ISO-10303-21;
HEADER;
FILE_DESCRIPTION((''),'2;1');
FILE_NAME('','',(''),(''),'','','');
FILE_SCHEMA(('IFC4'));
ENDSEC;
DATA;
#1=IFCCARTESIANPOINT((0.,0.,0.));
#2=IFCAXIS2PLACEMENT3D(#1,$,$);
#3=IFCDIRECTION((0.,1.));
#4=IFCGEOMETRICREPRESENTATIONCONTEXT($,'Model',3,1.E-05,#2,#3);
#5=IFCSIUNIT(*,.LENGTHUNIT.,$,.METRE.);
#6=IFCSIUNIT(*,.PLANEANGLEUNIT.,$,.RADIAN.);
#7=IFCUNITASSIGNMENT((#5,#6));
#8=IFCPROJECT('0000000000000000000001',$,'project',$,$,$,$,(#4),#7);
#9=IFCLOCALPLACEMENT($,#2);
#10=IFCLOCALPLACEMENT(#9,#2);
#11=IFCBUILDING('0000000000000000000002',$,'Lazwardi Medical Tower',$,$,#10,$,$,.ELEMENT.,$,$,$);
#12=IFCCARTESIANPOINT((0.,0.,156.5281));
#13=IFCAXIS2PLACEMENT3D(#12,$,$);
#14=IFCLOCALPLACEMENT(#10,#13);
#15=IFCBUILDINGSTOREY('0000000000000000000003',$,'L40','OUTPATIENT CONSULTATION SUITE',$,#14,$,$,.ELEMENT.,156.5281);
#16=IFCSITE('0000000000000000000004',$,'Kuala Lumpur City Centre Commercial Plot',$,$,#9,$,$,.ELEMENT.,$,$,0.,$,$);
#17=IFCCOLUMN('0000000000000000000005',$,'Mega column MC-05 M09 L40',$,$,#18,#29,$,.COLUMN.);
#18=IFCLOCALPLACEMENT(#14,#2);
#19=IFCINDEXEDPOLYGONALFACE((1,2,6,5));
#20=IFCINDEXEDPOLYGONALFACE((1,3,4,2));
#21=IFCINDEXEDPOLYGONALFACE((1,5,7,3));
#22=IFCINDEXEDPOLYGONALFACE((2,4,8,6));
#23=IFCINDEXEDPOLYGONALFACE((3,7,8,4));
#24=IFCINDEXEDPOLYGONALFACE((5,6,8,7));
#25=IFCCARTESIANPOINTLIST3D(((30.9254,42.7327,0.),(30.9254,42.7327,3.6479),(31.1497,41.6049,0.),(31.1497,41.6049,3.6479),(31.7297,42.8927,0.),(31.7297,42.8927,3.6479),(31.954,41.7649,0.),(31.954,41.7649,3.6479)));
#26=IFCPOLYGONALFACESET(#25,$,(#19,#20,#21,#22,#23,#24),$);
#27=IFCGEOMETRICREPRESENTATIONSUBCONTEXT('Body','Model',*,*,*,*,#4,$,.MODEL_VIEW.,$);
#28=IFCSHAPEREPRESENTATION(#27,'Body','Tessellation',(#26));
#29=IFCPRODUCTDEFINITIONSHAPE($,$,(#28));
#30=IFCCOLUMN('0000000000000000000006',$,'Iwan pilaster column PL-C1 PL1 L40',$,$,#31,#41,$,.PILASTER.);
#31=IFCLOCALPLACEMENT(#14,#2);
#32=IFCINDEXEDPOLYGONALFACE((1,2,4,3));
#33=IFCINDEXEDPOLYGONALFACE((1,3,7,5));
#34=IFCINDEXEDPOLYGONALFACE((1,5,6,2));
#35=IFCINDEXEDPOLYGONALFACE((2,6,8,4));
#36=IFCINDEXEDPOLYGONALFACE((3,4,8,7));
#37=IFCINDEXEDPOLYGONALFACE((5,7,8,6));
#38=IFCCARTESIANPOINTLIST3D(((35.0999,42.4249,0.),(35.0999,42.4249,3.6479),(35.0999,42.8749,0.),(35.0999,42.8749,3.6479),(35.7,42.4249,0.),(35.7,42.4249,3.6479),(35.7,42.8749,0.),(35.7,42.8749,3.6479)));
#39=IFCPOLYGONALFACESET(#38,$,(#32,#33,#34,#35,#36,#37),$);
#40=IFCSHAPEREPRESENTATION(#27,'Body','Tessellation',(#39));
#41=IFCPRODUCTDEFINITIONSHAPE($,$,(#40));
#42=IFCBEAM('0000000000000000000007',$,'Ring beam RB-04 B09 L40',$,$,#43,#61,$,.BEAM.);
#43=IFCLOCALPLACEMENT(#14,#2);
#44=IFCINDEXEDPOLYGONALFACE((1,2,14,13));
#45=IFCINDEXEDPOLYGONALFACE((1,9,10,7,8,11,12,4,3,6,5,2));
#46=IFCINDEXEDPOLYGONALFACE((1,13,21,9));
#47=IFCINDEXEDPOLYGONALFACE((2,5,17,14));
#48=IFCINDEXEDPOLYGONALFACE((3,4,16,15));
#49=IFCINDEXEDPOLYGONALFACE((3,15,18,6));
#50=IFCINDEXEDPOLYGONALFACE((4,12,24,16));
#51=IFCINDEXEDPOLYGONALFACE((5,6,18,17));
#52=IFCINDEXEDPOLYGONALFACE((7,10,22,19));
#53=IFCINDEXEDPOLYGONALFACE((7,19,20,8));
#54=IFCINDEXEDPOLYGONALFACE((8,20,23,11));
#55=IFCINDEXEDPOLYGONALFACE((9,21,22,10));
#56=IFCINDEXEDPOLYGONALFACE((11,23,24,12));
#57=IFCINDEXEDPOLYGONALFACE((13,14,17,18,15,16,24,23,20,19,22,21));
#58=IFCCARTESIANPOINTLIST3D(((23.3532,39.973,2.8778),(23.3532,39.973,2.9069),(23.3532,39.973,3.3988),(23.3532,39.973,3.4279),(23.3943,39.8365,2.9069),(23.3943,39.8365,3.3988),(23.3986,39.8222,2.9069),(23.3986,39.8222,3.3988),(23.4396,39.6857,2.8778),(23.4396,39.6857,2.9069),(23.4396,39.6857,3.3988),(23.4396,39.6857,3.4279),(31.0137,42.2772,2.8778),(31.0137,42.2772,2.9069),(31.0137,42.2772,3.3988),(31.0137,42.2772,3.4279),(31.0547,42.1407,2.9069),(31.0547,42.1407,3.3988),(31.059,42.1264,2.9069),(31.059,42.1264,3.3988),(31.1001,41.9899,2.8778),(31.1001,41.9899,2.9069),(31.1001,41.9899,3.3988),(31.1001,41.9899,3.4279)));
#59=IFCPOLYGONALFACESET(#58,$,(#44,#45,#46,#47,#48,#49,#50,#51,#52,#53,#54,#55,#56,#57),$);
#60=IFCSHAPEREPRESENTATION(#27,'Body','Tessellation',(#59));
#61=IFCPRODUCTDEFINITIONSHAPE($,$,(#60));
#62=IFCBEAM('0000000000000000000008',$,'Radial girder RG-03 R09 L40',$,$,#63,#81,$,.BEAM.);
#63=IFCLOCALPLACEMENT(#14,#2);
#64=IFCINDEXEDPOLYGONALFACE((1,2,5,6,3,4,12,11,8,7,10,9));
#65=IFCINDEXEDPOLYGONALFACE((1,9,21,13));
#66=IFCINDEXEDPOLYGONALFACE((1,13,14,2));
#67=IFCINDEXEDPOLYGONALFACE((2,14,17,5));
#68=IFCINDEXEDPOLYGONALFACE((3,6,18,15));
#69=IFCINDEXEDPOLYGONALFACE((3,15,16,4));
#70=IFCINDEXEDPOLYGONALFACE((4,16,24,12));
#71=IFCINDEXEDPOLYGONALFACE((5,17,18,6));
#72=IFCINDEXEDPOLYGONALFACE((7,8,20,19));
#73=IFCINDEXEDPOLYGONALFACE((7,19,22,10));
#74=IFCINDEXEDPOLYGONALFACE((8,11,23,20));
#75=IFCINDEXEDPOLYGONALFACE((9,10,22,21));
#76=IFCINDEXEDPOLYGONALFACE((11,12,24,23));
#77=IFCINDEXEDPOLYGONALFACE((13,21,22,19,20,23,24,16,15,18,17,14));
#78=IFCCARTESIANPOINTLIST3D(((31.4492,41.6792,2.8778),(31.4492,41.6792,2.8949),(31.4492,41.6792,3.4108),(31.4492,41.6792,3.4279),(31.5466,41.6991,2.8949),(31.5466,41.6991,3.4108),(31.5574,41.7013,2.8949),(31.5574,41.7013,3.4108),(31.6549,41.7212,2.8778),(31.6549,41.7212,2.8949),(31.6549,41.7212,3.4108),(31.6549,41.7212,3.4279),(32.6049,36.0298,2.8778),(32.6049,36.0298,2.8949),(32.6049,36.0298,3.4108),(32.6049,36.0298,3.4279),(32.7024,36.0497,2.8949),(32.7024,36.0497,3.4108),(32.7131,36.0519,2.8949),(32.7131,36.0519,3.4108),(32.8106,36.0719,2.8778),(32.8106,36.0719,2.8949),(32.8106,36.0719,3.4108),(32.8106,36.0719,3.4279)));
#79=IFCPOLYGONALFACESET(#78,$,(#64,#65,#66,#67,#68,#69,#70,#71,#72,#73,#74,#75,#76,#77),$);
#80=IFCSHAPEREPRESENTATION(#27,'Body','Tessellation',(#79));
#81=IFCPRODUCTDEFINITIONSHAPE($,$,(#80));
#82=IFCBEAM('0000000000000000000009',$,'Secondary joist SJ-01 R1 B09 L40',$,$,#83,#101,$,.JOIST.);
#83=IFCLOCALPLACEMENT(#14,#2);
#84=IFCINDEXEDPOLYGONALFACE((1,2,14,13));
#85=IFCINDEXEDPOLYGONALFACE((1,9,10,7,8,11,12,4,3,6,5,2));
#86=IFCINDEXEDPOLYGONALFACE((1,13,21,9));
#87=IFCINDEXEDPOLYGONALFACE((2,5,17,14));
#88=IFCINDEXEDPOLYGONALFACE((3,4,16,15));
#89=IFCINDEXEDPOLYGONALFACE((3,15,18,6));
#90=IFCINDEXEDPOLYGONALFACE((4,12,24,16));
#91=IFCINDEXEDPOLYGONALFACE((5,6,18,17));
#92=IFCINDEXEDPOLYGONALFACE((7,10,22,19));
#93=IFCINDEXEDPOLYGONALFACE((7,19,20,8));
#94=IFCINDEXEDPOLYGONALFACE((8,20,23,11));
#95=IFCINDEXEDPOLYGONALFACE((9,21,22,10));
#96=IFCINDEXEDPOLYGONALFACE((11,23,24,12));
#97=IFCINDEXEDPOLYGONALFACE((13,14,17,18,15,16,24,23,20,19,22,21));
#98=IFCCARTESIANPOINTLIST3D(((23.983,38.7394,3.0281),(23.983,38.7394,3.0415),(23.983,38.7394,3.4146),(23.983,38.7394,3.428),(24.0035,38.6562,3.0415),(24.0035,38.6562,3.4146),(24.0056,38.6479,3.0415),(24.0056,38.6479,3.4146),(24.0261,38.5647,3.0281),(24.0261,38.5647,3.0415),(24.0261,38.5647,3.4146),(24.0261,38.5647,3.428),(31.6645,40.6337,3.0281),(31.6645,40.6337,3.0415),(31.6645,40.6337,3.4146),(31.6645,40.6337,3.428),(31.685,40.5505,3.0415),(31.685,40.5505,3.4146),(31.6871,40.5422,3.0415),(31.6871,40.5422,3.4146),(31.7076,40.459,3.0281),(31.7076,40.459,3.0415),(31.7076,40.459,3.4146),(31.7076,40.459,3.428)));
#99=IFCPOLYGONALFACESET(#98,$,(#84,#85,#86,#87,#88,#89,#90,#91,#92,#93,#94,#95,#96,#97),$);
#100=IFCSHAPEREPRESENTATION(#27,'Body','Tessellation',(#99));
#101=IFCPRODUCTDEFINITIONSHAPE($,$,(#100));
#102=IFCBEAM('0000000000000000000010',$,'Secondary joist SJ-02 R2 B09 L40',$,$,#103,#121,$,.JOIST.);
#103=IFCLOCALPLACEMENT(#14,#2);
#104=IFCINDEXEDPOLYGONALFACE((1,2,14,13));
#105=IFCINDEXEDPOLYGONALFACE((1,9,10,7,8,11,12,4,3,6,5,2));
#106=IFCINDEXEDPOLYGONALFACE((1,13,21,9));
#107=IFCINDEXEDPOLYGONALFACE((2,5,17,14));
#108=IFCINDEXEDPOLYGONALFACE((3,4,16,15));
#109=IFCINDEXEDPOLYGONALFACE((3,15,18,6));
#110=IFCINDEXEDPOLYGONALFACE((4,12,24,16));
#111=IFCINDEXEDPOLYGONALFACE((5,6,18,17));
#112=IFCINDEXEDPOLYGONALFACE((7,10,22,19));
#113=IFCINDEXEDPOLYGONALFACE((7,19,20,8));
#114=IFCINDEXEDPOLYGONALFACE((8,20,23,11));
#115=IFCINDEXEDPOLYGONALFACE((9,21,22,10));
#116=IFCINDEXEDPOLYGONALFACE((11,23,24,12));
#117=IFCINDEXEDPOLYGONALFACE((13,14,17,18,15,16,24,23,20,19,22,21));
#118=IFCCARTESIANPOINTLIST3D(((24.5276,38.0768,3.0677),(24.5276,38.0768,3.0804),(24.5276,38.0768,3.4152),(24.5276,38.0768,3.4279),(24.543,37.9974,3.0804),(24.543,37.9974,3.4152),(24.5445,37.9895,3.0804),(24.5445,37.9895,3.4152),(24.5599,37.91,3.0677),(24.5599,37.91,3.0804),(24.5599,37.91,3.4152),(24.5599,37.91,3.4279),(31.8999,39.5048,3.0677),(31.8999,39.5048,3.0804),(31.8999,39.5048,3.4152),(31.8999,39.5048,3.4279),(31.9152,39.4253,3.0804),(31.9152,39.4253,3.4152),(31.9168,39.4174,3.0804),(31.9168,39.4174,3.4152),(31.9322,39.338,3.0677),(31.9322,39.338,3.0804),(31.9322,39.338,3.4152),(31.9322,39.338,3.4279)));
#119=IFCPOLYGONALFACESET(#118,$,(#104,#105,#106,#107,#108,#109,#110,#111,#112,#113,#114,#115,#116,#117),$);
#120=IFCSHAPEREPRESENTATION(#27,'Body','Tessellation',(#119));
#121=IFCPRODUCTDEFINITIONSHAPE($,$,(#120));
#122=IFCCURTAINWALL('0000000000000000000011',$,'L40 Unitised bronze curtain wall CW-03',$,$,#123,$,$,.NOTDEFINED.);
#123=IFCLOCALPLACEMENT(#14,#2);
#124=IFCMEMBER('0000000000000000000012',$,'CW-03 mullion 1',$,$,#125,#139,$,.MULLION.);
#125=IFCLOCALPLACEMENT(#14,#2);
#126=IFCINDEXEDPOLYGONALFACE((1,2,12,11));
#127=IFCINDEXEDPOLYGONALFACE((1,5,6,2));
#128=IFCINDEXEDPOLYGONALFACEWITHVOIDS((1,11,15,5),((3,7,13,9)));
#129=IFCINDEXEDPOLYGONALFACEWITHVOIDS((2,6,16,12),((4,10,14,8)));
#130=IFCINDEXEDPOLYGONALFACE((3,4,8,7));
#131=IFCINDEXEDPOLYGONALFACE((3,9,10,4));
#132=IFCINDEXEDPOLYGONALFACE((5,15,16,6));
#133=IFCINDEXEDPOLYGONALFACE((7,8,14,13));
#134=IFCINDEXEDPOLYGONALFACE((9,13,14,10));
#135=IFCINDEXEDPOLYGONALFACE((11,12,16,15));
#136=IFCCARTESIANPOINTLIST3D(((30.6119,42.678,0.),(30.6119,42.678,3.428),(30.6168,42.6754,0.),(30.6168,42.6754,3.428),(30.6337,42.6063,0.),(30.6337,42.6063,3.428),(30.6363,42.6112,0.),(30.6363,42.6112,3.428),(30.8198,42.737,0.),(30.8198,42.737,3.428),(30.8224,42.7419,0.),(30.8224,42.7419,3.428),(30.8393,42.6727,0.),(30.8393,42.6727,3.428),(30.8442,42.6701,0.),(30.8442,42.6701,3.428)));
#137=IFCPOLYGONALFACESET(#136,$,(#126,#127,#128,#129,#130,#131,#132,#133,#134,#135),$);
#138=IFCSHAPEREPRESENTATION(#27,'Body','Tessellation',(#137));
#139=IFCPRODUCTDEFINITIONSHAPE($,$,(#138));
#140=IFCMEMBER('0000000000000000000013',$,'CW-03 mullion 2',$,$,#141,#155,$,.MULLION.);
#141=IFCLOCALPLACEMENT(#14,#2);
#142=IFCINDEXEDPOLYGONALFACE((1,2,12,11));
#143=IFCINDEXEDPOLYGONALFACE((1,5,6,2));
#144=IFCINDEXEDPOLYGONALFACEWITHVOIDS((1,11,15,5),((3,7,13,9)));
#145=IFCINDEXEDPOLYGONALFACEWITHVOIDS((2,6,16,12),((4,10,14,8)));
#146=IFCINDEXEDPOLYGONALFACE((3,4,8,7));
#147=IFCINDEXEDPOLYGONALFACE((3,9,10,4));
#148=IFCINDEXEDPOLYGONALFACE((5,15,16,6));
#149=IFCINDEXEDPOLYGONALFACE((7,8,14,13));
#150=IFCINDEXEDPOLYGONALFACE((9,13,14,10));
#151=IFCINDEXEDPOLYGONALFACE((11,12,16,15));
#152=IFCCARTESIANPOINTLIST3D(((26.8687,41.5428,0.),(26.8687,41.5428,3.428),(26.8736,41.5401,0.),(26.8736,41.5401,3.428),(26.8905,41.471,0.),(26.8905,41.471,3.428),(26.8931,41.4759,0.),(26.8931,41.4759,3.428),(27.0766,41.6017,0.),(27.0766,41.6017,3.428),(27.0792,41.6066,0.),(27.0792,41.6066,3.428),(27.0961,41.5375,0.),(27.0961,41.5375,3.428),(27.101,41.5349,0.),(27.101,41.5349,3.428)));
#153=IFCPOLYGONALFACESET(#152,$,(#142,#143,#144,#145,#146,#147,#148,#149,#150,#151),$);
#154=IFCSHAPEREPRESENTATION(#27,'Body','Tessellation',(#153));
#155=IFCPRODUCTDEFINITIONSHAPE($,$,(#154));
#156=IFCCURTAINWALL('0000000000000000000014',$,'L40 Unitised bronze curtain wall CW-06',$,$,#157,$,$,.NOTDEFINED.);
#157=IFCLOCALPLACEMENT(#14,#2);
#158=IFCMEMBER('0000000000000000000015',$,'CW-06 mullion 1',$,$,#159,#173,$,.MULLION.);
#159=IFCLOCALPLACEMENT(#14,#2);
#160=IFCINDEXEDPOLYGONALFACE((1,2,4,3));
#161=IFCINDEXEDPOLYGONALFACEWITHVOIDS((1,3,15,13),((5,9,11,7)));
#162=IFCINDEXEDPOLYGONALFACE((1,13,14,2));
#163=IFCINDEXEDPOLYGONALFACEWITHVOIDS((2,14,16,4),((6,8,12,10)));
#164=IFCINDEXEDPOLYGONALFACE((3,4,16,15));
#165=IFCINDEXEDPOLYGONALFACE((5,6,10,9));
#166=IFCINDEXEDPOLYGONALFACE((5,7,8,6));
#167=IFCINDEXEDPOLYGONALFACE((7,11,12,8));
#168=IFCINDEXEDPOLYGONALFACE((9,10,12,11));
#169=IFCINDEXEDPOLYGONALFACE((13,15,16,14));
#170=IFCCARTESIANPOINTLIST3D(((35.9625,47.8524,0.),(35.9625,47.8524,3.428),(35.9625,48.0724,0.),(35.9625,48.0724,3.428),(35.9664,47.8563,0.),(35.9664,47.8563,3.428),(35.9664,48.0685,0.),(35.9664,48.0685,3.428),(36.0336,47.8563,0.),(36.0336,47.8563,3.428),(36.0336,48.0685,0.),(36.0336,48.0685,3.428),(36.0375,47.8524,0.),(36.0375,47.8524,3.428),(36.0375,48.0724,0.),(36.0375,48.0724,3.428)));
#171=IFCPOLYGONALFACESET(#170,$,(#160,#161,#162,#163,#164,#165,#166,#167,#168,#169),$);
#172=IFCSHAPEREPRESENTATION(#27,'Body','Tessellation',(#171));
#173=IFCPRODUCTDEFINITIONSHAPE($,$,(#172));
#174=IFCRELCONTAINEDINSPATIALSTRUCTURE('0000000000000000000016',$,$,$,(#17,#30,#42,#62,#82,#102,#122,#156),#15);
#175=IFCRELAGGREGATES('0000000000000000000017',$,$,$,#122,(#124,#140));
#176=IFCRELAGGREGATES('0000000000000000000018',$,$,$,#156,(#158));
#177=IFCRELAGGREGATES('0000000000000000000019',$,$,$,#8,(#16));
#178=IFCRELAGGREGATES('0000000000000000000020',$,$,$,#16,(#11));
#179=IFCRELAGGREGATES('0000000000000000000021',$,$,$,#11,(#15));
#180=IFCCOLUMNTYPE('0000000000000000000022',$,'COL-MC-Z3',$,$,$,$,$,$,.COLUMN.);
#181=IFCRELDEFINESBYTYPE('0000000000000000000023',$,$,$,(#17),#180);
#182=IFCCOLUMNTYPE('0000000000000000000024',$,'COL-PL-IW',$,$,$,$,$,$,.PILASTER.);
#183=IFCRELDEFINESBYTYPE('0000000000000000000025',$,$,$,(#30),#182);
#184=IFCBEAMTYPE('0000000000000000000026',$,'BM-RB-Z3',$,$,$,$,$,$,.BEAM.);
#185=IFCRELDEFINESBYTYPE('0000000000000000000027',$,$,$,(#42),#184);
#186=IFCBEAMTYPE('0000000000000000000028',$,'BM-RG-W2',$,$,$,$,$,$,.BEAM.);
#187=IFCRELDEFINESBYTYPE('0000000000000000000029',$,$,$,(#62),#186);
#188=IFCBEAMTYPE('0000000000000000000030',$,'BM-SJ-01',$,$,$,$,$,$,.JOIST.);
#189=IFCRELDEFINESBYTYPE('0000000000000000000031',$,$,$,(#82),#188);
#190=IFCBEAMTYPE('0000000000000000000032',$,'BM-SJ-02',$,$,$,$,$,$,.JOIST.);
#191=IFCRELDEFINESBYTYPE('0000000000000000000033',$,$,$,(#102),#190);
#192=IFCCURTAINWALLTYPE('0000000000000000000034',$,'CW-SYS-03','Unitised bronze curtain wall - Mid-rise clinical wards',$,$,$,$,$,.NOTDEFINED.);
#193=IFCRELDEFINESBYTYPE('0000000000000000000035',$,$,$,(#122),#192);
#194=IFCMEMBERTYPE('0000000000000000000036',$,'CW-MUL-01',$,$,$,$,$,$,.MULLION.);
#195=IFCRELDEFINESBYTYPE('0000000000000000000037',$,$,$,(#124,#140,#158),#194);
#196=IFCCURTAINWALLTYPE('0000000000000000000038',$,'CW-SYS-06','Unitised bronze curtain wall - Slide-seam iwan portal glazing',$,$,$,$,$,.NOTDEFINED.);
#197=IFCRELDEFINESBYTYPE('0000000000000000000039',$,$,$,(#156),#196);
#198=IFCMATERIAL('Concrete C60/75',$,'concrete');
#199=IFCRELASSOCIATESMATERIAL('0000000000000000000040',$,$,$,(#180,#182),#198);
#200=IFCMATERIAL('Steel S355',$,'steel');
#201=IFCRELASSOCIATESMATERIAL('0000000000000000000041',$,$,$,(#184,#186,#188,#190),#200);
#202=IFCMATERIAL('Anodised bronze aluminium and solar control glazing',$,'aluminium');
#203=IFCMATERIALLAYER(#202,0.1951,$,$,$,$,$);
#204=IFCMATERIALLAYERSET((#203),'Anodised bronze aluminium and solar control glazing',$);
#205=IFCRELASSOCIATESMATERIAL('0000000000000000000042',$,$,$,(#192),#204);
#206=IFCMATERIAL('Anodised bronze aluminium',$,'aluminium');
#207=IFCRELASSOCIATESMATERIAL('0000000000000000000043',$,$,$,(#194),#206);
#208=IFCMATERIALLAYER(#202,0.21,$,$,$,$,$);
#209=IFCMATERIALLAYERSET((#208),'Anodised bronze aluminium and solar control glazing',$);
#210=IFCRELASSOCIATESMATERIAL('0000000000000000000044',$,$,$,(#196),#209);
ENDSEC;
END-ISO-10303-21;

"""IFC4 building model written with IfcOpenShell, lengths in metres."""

from ifc_helpers import new_model, si_unit, direction, frame, origin, origin_2d, place, context, subcontext, project, spatial, rectangle, hollow_rectangle, i_section, extrude, material, layer, layer_set, material_profile, profile_set, type_object, element, aggregate, save


model = new_model("IFC4")

# Units and contexts
model_context = context("Model", 3, precision=1e-05, world=origin(), true_north=direction((0.0, 1.0)))
body_context = subcontext(model_context, "Body", "Model", "MODEL_VIEW")
ifc_project = project(units=[si_unit("LENGTHUNIT", "METRE"), si_unit("PLANEANGLEUNIT", "RADIAN")], contexts=[model_context])

# Site, building, storey
site_placement = place(None, origin())
site = spatial("IfcSite", under=ifc_project, at=site_placement, Name="Kuala Lumpur City Centre Commercial Plot", CompositionType="ELEMENT", RefElevation=0.0)
building_placement = place(site_placement, origin())
building = spatial("IfcBuilding", under=site, at=building_placement, Name="Lazwardi Medical Tower", CompositionType="ELEMENT")
storey_placement = place(building_placement, frame((0.0, 0.0, 156.5281)))
storey = spatial("IfcBuildingStorey", under=building, at=storey_placement, Name="L40", Description="OUTPATIENT CONSULTATION SUITE", CompositionType="ELEMENT", Elevation=156.5281)

# Columns
ifc_material_1 = material(Name="Concrete C60/75", Category="concrete")
ifc_material_profile_1 = material_profile(ifc_material_1, rectangle(XDim=1.1499, YDim=0.8201, at=origin_2d()), Name="CFT-RECT 1150x820")
ifc_profile_set_1 = profile_set([ifc_material_profile_1], Name="Concrete C60/75")
column_type_1 = type_object("IfcColumnType", Name="COL-MC-Z3", PredefinedType="COLUMN", material=ifc_profile_set_1)
column_1_placement = place(storey_placement, frame((31.4397, 42.2488, 0.0), z_axis=(0.0, 0.0, 1.0), x_axis=(-0.19509, 0.980785, 0.0)))
element("IfcColumn", 1, at=column_1_placement, inside=storey, type_object=column_type_1, Name="Mega column MC-05 M09 L40", PredefinedType="COLUMN", context=body_context, shape_type="SweptSolid", body=[
    extrude(rectangle(XDim=1.1499, YDim=0.8201, at=origin_2d()), origin(), (0.0, 0.0, 1.0), 3.6479),
])
ifc_material_profile_2 = material_profile(ifc_material_1, rectangle(XDim=0.6001, YDim=0.45, at=origin_2d()), Name="RC 600x450")
ifc_profile_set_2 = profile_set([ifc_material_profile_2], Name="Concrete C60/75")
column_type_2 = type_object("IfcColumnType", Name="COL-PL-IW", PredefinedType="PILASTER", material=ifc_profile_set_2)
column_2_placement = place(storey_placement, frame((35.3999, 42.6499, 0.0), z_axis=(0.0, 0.0, 1.0), x_axis=(1.0, 0.0, 0.0)))
element("IfcColumn", 2, at=column_2_placement, inside=storey, type_object=column_type_2, Name="Iwan pilaster column PL-C1 PL1 L40", PredefinedType="PILASTER", context=body_context, shape_type="SweptSolid", body=[
    extrude(rectangle(XDim=0.6001, YDim=0.45, at=origin_2d()), origin(), (0.0, 0.0, 1.0), 3.6479),
])

# Beams
ifc_material_2 = material(Name="Steel S355", Category="steel")
ifc_material_profile_3 = material_profile(ifc_material_2, i_section(OverallWidth=0.3, OverallDepth=0.55, WebThickness=0.0149, FlangeThickness=0.0291, at=origin_2d()), Name="HEB 550")
ifc_profile_set_3 = profile_set([ifc_material_profile_3], Name="Steel S355")
beam_type_1 = type_object("IfcBeamType", Name="BM-RB-Z3", PredefinedType="BEAM", material=ifc_profile_set_3)
beam_1_placement = place(storey_placement, frame((31.0569, 42.1335, 3.1528), z_axis=(-0.957617, -0.288045, 0.0), x_axis=(0.288045, -0.957617, 0.0)))
element("IfcBeam", 3, at=beam_1_placement, inside=storey, type_object=beam_type_1, Name="Ring beam RB-04 B09 L40", PredefinedType="BEAM", context=body_context, shape_type="SweptSolid", body=[
    extrude(i_section(OverallWidth=0.3, OverallDepth=0.55, WebThickness=0.0149, FlangeThickness=0.0291, at=origin_2d()), origin(), (0.0, 0.0, 1.0), 7.9995),
])
ifc_material_profile_4 = material_profile(ifc_material_2, i_section(OverallWidth=0.21, OverallDepth=0.55, WebThickness=0.011, FlangeThickness=0.0171, at=origin_2d()), Name="IPE 550")
ifc_profile_set_4 = profile_set([ifc_material_profile_4], Name="Steel S355")
beam_type_2 = type_object("IfcBeamType", Name="BM-RG-W2", PredefinedType="BEAM", material=ifc_profile_set_4)
beam_2_placement = place(storey_placement, frame((31.552, 41.7002, 3.1528), z_axis=(0.200429, -0.979708, 0.0), x_axis=(0.979708, 0.200429, 0.0)))
element("IfcBeam", 4, at=beam_2_placement, inside=storey, type_object=beam_type_2, Name="Radial girder RG-03 R09 L40", PredefinedType="BEAM", context=body_context, shape_type="SweptSolid", body=[
    extrude(i_section(OverallWidth=0.21, OverallDepth=0.55, WebThickness=0.011, FlangeThickness=0.0171, at=origin_2d()), origin(), (0.0, 0.0, 1.0), 5.7664),
])
ifc_material_profile_5 = material_profile(ifc_material_2, i_section(OverallWidth=0.1799, OverallDepth=0.3999, WebThickness=0.0085, FlangeThickness=0.0134, at=origin_2d()), Name="IPE 400")
ifc_profile_set_5 = profile_set([ifc_material_profile_5], Name="Steel S355")
beam_type_3 = type_object("IfcBeamType", Name="BM-SJ-01", PredefinedType="JOIST", material=ifc_profile_set_5)
beam_3_placement = place(storey_placement, frame((31.686, 40.5464, 3.228), z_axis=(-0.970913, -0.239434, 0.0), x_axis=(0.239434, -0.970913, 0.0)))
element("IfcBeam", 5, at=beam_3_placement, inside=storey, type_object=beam_type_3, Name="Secondary joist SJ-01 R1 B09 L40", PredefinedType="JOIST", context=body_context, shape_type="SweptSolid", body=[
    extrude(i_section(OverallWidth=0.1799, OverallDepth=0.3999, WebThickness=0.0085, FlangeThickness=0.0134, at=origin_2d()), origin(), (0.0, 0.0, 1.0), 7.9116),
])
ifc_material_profile_6 = material_profile(ifc_material_2, i_section(OverallWidth=0.1699, OverallDepth=0.3601, WebThickness=0.0081, FlangeThickness=0.0127, at=origin_2d()), Name="IPE 360")
ifc_profile_set_6 = profile_set([ifc_material_profile_6], Name="Steel S355")
beam_type_4 = type_object("IfcBeamType", Name="BM-SJ-02", PredefinedType="JOIST", material=ifc_profile_set_6)
beam_4_placement = place(storey_placement, frame((31.916, 39.4214, 3.2478), z_axis=(-0.981753, -0.19016, 0.0), x_axis=(0.19016, -0.981753, 0.0)))
element("IfcBeam", 6, at=beam_4_placement, inside=storey, type_object=beam_type_4, Name="Secondary joist SJ-02 R2 B09 L40", PredefinedType="JOIST", context=body_context, shape_type="SweptSolid", body=[
    extrude(i_section(OverallWidth=0.1699, OverallDepth=0.3601, WebThickness=0.0081, FlangeThickness=0.0127, at=origin_2d()), origin(), (0.0, 0.0, 1.0), 7.5093),
])

# Curtain walls, members
ifc_material_3 = material(Name="Anodised bronze aluminium and solar control glazing", Category="aluminium")
ifc_layer_1 = layer(ifc_material_3, 0.1951)
ifc_layer_set_1 = layer_set([ifc_layer_1], Name="Anodised bronze aluminium and solar control glazing")
curtain_wall_type_1 = type_object("IfcCurtainWallType", Name="CW-SYS-03", Description="Unitised bronze curtain wall - Mid-rise clinical wards", PredefinedType="NOTDEFINED", material=ifc_layer_set_1)
curtain_wall_1_placement = place(storey_placement, origin())
curtain_wall_1 = element("IfcCurtainWall", 7, at=curtain_wall_1_placement, inside=storey, type_object=curtain_wall_type_1, Name="L40 Unitised bronze curtain wall CW-03", PredefinedType="NOTDEFINED")
ifc_material_4 = material(Name="Anodised bronze aluminium", Category="aluminium")
ifc_material_profile_7 = material_profile(ifc_material_4, hollow_rectangle(XDim=0.075, YDim=0.22, WallThickness=0.0039, at=origin_2d()), Name="ALU-MULLION 220x75x4")
ifc_profile_set_7 = profile_set([ifc_material_profile_7], Name="Anodised bronze aluminium")
member_type_1 = type_object("IfcMemberType", Name="CW-MUL-01", PredefinedType="MULLION", material=ifc_profile_set_7)
member_1_placement = place(storey_placement, frame((30.728, 42.6741, 0.0), z_axis=(0.0, 0.0, 1.0), x_axis=(0.290281, -0.956942, 0.0)))
member_1 = element("IfcMember", 8, at=member_1_placement, type_object=member_type_1, Name="CW-03 mullion 1", PredefinedType="MULLION", context=body_context, shape_type="SweptSolid", body=[
    extrude(hollow_rectangle(XDim=0.075, YDim=0.22, WallThickness=0.0039, at=origin_2d()), origin(), (0.0, 0.0, 1.0), 3.428),
])
member_2_placement = place(storey_placement, frame((26.9849, 41.5388, 0.0), z_axis=(0.0, 0.0, 1.0), x_axis=(0.290281, -0.956942, 0.0)))
member_2 = element("IfcMember", 9, at=member_2_placement, type_object=member_type_1, Name="CW-03 mullion 2", PredefinedType="MULLION", context=body_context, shape_type="SweptSolid", body=[
    extrude(hollow_rectangle(XDim=0.075, YDim=0.22, WallThickness=0.0039, at=origin_2d()), origin(), (0.0, 0.0, 1.0), 3.428),
])
ifc_layer_2 = layer(ifc_material_3, 0.21)
ifc_layer_set_2 = layer_set([ifc_layer_2], Name="Anodised bronze aluminium and solar control glazing")
curtain_wall_type_2 = type_object("IfcCurtainWallType", Name="CW-SYS-06", Description="Unitised bronze curtain wall - Slide-seam iwan portal glazing", PredefinedType="NOTDEFINED", material=ifc_layer_set_2)
curtain_wall_2_placement = place(storey_placement, origin())
curtain_wall_2 = element("IfcCurtainWall", 10, at=curtain_wall_2_placement, inside=storey, type_object=curtain_wall_type_2, Name="L40 Unitised bronze curtain wall CW-06", PredefinedType="NOTDEFINED")
member_3_placement = place(storey_placement, frame((36.0, 47.9624, 0.0), z_axis=(0.0, 0.0, 1.0), x_axis=(1.0, 0.0, 0.0)))
member_3 = element("IfcMember", 11, at=member_3_placement, type_object=member_type_1, Name="CW-06 mullion 1", PredefinedType="MULLION", context=body_context, shape_type="SweptSolid", body=[
    extrude(hollow_rectangle(XDim=0.075, YDim=0.22, WallThickness=0.0039, at=origin_2d()), origin(), (0.0, 0.0, 1.0), 3.428),
])

aggregate(curtain_wall_1, [member_1, member_2])
aggregate(curtain_wall_2, [member_3])

save(model, "model.ifc")
